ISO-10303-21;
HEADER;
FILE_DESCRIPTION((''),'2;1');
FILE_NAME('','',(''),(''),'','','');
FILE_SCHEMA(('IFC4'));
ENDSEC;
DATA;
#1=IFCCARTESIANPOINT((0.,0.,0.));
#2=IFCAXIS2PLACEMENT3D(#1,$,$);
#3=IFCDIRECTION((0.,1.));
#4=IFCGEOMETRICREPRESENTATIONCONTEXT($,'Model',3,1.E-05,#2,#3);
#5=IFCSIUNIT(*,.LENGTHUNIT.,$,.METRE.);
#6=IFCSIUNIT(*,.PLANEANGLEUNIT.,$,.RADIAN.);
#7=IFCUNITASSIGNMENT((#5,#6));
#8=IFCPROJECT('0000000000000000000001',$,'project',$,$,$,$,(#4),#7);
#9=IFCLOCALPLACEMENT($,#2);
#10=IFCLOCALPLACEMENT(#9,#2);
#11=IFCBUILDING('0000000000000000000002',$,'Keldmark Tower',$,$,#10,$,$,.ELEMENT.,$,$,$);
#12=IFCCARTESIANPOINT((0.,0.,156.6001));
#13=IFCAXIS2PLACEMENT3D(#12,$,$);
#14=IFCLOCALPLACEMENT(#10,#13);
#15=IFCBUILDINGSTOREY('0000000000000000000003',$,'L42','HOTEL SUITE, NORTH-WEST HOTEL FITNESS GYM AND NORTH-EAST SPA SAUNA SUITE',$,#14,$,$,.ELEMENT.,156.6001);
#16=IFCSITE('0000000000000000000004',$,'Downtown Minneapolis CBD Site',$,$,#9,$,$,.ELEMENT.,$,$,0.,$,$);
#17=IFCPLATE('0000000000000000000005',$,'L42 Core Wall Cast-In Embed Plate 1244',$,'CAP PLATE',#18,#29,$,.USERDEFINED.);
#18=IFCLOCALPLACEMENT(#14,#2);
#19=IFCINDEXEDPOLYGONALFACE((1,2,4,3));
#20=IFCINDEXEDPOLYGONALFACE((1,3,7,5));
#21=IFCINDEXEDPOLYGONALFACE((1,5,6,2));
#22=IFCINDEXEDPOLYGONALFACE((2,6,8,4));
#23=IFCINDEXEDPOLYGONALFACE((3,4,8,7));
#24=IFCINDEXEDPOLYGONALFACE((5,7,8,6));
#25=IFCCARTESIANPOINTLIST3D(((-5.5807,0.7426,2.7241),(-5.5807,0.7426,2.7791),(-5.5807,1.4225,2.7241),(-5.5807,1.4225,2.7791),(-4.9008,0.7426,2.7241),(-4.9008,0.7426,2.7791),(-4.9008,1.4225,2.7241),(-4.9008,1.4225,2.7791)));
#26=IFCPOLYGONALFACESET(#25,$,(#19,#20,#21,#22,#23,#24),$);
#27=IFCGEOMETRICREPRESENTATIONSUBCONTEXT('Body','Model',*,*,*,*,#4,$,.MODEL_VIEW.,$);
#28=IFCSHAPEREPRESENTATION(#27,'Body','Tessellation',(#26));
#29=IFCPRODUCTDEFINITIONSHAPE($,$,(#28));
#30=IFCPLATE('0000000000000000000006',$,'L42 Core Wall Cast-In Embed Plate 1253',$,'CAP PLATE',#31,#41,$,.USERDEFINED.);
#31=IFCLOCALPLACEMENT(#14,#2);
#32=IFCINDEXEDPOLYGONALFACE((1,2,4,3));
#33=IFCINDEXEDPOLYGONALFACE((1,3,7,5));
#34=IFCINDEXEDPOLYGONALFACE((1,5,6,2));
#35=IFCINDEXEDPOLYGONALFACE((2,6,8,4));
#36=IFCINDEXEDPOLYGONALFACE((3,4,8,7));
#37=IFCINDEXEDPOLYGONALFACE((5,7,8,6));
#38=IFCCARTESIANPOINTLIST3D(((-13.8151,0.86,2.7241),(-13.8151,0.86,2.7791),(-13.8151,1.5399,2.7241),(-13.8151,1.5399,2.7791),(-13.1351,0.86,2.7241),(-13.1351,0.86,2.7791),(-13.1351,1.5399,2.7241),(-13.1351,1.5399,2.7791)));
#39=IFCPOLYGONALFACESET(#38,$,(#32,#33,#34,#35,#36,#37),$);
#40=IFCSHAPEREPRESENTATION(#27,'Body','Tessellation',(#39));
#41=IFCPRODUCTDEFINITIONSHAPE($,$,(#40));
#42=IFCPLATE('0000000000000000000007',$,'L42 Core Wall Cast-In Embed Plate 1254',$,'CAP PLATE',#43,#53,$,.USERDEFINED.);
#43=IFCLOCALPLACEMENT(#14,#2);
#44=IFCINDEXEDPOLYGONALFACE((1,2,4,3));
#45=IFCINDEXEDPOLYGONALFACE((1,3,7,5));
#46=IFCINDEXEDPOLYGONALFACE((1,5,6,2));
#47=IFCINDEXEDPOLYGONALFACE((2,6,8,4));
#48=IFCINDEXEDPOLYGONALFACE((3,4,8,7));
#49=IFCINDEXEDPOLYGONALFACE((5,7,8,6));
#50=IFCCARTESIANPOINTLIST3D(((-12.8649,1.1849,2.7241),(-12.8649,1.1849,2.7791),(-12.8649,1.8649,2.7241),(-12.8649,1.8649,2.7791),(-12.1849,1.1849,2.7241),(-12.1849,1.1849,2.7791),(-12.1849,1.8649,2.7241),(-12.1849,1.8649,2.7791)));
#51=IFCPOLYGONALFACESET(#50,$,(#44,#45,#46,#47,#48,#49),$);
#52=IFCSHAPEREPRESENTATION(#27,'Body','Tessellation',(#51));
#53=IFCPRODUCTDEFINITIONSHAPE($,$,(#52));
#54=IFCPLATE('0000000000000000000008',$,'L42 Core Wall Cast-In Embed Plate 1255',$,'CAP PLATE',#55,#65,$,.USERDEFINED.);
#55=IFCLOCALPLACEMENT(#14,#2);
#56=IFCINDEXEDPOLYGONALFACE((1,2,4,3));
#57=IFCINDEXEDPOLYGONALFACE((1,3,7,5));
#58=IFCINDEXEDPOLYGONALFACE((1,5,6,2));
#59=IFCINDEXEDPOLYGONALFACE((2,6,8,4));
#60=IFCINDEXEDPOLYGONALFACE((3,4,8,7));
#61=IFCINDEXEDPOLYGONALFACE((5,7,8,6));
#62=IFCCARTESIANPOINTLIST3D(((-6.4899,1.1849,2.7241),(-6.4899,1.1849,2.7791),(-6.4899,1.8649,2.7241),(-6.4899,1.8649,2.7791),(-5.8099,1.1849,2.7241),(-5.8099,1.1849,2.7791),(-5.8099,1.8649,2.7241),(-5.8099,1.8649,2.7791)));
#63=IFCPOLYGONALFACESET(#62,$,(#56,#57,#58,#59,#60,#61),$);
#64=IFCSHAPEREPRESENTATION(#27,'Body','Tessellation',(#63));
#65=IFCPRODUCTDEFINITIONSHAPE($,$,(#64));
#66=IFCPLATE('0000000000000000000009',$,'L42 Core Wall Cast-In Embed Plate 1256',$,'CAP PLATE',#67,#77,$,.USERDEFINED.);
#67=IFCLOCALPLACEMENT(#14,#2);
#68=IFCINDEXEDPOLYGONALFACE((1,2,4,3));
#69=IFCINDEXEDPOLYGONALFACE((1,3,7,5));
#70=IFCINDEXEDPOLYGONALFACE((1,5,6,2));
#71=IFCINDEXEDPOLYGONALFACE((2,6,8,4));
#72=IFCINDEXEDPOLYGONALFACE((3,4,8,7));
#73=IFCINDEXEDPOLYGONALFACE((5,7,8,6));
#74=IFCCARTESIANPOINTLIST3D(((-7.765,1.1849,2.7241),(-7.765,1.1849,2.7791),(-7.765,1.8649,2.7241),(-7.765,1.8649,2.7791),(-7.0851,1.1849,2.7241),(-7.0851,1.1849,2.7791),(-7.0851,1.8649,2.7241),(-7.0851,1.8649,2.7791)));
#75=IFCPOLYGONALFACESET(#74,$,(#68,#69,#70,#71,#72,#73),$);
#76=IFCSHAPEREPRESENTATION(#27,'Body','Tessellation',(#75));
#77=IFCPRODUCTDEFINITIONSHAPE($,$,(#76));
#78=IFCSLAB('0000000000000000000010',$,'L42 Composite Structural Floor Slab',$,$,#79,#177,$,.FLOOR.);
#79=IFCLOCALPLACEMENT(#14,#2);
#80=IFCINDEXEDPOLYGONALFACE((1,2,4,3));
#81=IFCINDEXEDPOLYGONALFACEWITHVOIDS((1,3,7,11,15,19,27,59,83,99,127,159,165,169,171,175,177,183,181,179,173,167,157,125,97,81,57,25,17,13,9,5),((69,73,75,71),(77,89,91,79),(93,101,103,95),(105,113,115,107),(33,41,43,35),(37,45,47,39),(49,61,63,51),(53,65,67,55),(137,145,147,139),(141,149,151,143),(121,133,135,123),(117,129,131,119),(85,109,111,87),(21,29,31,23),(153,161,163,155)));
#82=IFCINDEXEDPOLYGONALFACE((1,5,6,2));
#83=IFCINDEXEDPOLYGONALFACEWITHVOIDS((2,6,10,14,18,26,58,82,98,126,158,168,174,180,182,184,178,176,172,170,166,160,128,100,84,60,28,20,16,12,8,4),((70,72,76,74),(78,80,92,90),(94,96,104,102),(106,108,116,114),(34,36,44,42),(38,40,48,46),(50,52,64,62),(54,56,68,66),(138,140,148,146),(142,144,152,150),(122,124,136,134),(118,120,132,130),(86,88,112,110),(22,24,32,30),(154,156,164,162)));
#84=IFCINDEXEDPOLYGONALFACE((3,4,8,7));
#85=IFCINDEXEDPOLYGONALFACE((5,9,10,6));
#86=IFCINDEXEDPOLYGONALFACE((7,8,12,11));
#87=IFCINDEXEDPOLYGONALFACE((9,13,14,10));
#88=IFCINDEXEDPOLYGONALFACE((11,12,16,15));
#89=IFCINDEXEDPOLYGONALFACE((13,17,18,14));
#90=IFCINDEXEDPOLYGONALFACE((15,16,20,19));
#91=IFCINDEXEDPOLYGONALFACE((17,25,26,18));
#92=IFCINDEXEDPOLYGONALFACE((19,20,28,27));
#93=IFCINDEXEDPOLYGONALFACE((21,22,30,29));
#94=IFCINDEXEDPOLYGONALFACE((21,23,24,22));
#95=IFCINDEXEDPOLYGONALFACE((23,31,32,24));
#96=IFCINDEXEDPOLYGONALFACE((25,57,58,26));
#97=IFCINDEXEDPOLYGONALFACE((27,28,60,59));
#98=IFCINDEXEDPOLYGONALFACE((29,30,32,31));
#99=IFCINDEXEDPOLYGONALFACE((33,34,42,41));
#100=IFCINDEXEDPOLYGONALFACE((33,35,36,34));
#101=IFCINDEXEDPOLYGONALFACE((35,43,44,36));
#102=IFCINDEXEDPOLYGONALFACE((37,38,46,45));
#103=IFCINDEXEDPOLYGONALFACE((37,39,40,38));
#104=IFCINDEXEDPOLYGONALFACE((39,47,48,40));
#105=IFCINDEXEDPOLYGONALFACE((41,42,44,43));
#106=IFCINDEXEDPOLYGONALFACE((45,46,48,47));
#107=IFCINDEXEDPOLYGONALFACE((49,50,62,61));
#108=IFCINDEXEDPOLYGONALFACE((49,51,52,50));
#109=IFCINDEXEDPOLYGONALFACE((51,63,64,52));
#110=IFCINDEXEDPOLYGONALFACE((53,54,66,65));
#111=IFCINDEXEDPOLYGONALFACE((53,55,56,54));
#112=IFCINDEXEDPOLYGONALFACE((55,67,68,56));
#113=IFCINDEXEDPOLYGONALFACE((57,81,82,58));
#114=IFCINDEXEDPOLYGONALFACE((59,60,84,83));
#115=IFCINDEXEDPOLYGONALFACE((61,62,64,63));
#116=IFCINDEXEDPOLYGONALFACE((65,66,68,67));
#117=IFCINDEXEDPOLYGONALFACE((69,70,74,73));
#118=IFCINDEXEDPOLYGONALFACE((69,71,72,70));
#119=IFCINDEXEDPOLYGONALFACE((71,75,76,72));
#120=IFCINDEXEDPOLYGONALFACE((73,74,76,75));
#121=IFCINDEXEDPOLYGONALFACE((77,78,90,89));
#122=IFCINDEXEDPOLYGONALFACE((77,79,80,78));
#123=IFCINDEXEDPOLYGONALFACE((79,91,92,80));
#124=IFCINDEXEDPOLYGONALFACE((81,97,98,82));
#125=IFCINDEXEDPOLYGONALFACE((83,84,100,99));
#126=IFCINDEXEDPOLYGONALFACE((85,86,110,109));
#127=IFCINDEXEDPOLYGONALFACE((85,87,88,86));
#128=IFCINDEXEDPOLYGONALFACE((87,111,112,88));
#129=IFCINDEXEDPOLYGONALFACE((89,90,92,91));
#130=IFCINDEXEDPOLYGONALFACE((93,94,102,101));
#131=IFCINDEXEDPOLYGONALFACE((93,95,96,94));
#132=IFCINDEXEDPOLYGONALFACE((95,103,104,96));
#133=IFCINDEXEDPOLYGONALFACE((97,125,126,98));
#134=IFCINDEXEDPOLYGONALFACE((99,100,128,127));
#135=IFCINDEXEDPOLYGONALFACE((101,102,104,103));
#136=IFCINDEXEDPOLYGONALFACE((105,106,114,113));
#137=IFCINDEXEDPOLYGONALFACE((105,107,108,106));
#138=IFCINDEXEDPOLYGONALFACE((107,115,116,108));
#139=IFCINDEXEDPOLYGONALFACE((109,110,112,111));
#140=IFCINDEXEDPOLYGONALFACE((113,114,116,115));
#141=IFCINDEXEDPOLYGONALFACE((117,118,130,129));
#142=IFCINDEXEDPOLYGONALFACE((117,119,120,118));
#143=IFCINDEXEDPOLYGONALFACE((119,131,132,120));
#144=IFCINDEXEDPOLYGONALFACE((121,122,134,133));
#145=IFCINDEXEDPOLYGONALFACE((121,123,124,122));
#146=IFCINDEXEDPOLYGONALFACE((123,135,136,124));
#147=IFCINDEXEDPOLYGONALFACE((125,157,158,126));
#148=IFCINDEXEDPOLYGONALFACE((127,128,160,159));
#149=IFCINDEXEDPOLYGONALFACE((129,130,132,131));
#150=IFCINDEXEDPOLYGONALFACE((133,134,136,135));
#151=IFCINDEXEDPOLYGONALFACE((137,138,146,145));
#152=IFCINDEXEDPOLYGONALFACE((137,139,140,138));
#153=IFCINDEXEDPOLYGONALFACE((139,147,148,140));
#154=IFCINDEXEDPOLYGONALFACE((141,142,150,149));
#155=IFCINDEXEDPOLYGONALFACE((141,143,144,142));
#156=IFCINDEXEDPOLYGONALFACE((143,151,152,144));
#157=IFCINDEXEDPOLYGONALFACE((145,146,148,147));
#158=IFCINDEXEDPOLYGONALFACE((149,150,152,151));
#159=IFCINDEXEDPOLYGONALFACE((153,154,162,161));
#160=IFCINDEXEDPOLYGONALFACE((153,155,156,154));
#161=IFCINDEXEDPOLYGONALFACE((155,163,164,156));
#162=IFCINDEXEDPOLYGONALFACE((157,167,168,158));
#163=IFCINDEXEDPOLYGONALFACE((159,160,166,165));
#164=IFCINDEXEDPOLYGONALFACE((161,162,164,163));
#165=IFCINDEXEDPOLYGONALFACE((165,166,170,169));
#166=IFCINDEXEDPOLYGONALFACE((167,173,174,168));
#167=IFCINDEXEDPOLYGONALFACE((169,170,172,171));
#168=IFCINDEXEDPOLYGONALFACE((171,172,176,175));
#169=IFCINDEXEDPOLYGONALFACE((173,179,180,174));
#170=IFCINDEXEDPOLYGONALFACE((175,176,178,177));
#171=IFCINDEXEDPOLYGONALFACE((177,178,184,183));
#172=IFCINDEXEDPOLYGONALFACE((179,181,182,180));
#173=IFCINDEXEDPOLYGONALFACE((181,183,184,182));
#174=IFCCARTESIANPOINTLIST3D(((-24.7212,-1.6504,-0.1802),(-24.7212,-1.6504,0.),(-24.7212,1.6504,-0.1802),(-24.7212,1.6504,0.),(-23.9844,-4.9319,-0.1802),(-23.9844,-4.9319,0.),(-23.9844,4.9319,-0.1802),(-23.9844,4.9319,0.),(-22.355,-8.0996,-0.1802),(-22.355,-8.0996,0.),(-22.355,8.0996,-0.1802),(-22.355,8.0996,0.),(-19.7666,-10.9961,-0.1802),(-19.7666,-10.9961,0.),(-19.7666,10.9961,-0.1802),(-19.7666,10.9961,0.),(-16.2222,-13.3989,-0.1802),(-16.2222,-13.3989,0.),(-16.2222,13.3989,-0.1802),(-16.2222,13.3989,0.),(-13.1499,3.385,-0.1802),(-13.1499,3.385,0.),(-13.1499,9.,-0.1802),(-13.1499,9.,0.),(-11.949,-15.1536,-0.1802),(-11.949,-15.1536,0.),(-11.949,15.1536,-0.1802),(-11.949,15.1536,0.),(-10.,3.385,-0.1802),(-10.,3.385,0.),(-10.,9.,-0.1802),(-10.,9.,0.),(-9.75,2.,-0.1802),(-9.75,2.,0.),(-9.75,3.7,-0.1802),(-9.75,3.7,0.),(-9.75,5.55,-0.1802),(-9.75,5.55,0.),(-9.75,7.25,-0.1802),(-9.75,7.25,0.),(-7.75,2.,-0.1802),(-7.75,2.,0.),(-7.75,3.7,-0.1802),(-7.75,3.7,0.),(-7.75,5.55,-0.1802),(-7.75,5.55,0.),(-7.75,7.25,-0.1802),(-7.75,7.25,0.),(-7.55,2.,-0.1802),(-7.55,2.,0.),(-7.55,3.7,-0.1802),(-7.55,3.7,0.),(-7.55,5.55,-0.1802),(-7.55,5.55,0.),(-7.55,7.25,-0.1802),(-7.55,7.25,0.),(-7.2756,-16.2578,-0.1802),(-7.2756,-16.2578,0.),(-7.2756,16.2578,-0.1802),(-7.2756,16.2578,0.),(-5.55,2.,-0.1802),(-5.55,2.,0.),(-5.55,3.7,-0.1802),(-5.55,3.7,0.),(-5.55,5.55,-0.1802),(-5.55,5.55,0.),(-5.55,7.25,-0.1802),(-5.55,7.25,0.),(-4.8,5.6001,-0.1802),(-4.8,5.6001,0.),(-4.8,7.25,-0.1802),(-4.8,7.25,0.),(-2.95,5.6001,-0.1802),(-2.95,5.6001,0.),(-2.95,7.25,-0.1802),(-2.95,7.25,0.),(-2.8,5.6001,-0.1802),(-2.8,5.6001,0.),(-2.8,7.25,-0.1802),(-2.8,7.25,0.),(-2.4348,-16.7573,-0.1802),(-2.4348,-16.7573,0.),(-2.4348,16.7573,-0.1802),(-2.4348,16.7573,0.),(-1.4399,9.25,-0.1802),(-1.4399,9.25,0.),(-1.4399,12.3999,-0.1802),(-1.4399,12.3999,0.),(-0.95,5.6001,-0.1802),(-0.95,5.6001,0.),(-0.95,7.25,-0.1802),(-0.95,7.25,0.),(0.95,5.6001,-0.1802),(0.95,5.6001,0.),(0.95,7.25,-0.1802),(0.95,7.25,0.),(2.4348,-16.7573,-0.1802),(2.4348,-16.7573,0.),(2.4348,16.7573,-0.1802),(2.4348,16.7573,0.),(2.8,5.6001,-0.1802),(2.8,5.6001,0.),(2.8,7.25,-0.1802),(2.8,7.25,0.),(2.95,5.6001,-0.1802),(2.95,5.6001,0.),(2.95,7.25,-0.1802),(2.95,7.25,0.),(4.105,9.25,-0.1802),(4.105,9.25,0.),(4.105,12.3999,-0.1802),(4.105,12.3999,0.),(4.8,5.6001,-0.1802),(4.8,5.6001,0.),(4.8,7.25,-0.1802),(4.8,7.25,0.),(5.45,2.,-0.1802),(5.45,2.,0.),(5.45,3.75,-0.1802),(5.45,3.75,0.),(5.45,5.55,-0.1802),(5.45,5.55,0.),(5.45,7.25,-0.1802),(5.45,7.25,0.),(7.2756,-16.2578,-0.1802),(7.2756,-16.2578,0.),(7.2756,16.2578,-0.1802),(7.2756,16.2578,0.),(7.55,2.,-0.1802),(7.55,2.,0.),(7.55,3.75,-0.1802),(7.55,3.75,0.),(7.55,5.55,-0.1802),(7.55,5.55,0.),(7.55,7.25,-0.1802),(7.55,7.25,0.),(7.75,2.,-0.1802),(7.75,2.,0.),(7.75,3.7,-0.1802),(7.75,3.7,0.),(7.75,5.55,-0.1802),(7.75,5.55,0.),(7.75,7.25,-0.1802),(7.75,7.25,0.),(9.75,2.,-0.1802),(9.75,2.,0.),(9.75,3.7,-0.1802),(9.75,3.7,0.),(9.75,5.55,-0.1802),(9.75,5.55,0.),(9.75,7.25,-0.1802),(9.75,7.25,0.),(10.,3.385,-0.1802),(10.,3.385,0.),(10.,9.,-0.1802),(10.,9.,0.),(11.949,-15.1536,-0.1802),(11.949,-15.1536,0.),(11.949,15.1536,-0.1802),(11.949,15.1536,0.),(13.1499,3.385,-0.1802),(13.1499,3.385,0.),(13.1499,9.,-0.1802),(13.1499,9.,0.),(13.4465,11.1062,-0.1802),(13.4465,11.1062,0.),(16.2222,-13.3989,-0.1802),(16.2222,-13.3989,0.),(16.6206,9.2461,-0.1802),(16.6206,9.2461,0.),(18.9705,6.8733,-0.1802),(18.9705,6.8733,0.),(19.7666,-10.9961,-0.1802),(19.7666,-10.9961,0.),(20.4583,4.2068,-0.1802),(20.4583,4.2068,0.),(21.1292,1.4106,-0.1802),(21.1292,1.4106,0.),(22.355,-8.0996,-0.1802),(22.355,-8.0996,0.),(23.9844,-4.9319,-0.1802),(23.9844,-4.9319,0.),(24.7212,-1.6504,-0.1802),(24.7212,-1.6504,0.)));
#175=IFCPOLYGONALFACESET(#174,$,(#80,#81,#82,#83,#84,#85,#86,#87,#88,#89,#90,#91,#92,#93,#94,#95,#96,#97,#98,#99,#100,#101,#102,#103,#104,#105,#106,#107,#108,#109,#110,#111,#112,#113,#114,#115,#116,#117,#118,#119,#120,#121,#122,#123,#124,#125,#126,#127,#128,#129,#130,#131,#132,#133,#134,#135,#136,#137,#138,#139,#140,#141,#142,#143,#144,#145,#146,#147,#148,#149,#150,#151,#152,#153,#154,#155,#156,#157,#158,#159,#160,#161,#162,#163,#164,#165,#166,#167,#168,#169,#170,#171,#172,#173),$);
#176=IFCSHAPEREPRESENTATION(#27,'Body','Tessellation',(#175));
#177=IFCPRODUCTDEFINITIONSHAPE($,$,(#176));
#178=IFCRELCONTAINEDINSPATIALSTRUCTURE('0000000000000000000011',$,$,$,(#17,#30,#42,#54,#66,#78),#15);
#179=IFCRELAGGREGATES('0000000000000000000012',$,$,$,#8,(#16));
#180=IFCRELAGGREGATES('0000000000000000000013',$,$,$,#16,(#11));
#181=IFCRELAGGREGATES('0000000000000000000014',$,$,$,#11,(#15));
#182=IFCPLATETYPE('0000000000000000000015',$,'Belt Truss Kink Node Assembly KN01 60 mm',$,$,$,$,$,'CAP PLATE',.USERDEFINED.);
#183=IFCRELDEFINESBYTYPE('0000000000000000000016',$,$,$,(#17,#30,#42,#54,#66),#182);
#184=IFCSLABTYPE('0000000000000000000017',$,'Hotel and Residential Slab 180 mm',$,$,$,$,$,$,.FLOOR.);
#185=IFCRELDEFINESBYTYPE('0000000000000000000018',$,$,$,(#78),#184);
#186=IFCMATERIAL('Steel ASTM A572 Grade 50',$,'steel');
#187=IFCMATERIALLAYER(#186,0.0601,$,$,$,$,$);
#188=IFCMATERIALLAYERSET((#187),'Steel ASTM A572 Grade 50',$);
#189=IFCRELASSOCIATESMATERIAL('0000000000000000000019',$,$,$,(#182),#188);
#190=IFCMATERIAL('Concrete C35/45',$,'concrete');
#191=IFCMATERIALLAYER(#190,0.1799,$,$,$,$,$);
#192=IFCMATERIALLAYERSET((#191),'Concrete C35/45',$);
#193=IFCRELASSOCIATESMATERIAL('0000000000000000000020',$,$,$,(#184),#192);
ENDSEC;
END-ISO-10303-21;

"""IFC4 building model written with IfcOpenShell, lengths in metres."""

from ifc_helpers import new_model, si_unit, direction, frame, origin, origin_2d, place, context, subcontext, project, spatial, polyline, rectangle, outline, extrude, material, layer, layer_set, type_object, element, save


model = new_model("IFC4")

# Units and contexts
model_context = context("Model", 3, precision=1e-05, world=origin(), true_north=direction((0.0, 1.0)))
body_context = subcontext(model_context, "Body", "Model", "MODEL_VIEW")
ifc_project = project(units=[si_unit("LENGTHUNIT", "METRE"), si_unit("PLANEANGLEUNIT", "RADIAN")], contexts=[model_context])

# Site, building, storey
site_placement = place(None, origin())
site = spatial("IfcSite", under=ifc_project, at=site_placement, Name="Downtown Minneapolis CBD Site", CompositionType="ELEMENT", RefElevation=0.0)
building_placement = place(site_placement, origin())
building = spatial("IfcBuilding", under=site, at=building_placement, Name="Keldmark Tower", CompositionType="ELEMENT")
storey_placement = place(building_placement, frame((0.0, 0.0, 156.6001)))
storey = spatial("IfcBuildingStorey", under=building, at=storey_placement, Name="L42", Description="HOTEL SUITE, NORTH-WEST HOTEL FITNESS GYM AND NORTH-EAST SPA SAUNA SUITE", CompositionType="ELEMENT", Elevation=156.6001)

# Plates
ifc_material_1 = material(Name="Steel ASTM A572 Grade 50", Category="steel")
ifc_layer_1 = layer(ifc_material_1, 0.0601)
ifc_layer_set_1 = layer_set([ifc_layer_1], Name="Steel ASTM A572 Grade 50")
plate_type = type_object("IfcPlateType", Name="Belt Truss Kink Node Assembly KN01 60 mm", ElementType="CAP PLATE", PredefinedType="USERDEFINED", material=ifc_layer_set_1)
for number, where, z_axis, x_axis, name in (
    (1, (-5.2407, 1.0825, 2.7241), (0.0, 0.0, 1.0), (1.0, 0.0, 0.0), "L42 Core Wall Cast-In Embed Plate 1244"),
    (2, (-13.4751, 1.2, 2.7241), (0.0, 0.0, 1.0), (1.0, 0.0, 0.0), "L42 Core Wall Cast-In Embed Plate 1253"),
    (3, (-12.5249, 1.5249, 2.7241), (0.0, 0.0, 1.0), (1.0, 0.0, 0.0), "L42 Core Wall Cast-In Embed Plate 1254"),
    (4, (-6.1499, 1.5249, 2.7241), (0.0, 0.0, 1.0), (1.0, 0.0, 0.0), "L42 Core Wall Cast-In Embed Plate 1255"),
    (5, (-7.425, 1.5249, 2.7241), (0.0, 0.0, 1.0), (1.0, 0.0, 0.0), "L42 Core Wall Cast-In Embed Plate 1256"),
):
    element("IfcPlate", number, at=place(storey_placement, frame(where, z_axis=z_axis, x_axis=x_axis)), inside=storey, type_object=plate_type, Name=name, ObjectType="CAP PLATE", PredefinedType="USERDEFINED", context=body_context, shape_type="SweptSolid", body=[
        extrude(rectangle(XDim=0.6799, YDim=0.6799, at=origin_2d()), origin(), (0.0, 0.0, 1.0), 0.0549),
    ])

# Slab
ifc_material_2 = material(Name="Concrete C35/45", Category="concrete")
ifc_layer_2 = layer(ifc_material_2, 0.1799)
ifc_layer_set_2 = layer_set([ifc_layer_2], Name="Concrete C35/45")
slab_type_1 = type_object("IfcSlabType", Name="Hotel and Residential Slab 180 mm", PredefinedType="FLOOR", material=ifc_layer_set_2)
slab_1_placement = place(storey_placement, frame((0.0, 0.0, -0.1802)))
element("IfcSlab", 6, at=slab_1_placement, inside=storey, type_object=slab_type_1, Name="L42 Composite Structural Floor Slab", PredefinedType="FLOOR", context=body_context, shape_type="SweptSolid", body=[
    extrude(outline(polyline([(21.1292, 1.4106), (20.4583, 4.2068), (18.9705, 6.8733), (16.6206, 9.2461), (13.4465, 11.1062), (11.949, 15.1536), (7.2756, 16.2578), (2.4348, 16.7573), (-2.4348, 16.7573), (-7.2756, 16.2578), (-11.949, 15.1536), (-16.2222, 13.3989), (-19.7666, 10.9961), (-22.355, 8.0996), (-23.9844, 4.9319), (-24.7212, 1.6504), (-24.7212, -1.6504), (-23.9844, -4.9319), (-22.355, -8.0996), (-19.7666, -10.9961), (-16.2222, -13.3989), (-11.949, -15.1536), (-7.2756, -16.2578), (-2.4348, -16.7573), (2.4348, -16.7573), (7.2756, -16.2578), (11.949, -15.1536), (16.2222, -13.3989), (19.7666, -10.9961), (22.355, -8.0996), (23.9844, -4.9319), (24.7212, -1.6504), (21.1292, 1.4106)]), holes=[polyline([(-10.0, 3.385), (-10.0, 9.0), (-13.1499, 9.0), (-13.1499, 3.385), (-10.0, 3.385)]), polyline([(13.1499, 3.385), (13.1499, 9.0), (10.0, 9.0), (10.0, 3.385), (13.1499, 3.385)]), polyline([(-1.4399, 9.25), (4.105, 9.25), (4.105, 12.3999), (-1.4399, 12.3999), (-1.4399, 9.25)]), polyline([(-9.75, 2.0), (-7.75, 2.0), (-7.75, 3.7), (-9.75, 3.7), (-9.75, 2.0)]), polyline([(7.75, 2.0), (9.75, 2.0), (9.75, 3.7), (7.75, 3.7), (7.75, 2.0)]), polyline([(5.45, 2.0), (7.55, 2.0), (7.55, 3.75), (5.45, 3.75), (5.45, 2.0)]), polyline([(-4.8, 5.6001), (-2.95, 5.6001), (-2.95, 7.25), (-4.8, 7.25), (-4.8, 5.6001)]), polyline([(-2.8, 5.6001), (-0.95, 5.6001), (-0.95, 7.25), (-2.8, 7.25), (-2.8, 5.6001)]), polyline([(0.95, 5.6001), (2.8, 5.6001), (2.8, 7.25), (0.95, 7.25), (0.95, 5.6001)]), polyline([(2.95, 5.6001), (4.8, 5.6001), (4.8, 7.25), (2.95, 7.25), (2.95, 5.6001)]), polyline([(-9.75, 5.55), (-7.75, 5.55), (-7.75, 7.25), (-9.75, 7.25), (-9.75, 5.55)]), polyline([(-7.55, 5.55), (-5.55, 5.55), (-5.55, 7.25), (-7.55, 7.25), (-7.55, 5.55)]), polyline([(-7.55, 2.0), (-5.55, 2.0), (-5.55, 3.7), (-7.55, 3.7), (-7.55, 2.0)]), polyline([(5.45, 5.55), (7.55, 5.55), (7.55, 7.25), (5.45, 7.25), (5.45, 5.55)]), polyline([(7.75, 5.55), (9.75, 5.55), (9.75, 7.25), (7.75, 7.25), (7.75, 5.55)])]), origin(), (0.0, 0.0, 1.0), 0.1802),
])

save(model, "model.ifc")
